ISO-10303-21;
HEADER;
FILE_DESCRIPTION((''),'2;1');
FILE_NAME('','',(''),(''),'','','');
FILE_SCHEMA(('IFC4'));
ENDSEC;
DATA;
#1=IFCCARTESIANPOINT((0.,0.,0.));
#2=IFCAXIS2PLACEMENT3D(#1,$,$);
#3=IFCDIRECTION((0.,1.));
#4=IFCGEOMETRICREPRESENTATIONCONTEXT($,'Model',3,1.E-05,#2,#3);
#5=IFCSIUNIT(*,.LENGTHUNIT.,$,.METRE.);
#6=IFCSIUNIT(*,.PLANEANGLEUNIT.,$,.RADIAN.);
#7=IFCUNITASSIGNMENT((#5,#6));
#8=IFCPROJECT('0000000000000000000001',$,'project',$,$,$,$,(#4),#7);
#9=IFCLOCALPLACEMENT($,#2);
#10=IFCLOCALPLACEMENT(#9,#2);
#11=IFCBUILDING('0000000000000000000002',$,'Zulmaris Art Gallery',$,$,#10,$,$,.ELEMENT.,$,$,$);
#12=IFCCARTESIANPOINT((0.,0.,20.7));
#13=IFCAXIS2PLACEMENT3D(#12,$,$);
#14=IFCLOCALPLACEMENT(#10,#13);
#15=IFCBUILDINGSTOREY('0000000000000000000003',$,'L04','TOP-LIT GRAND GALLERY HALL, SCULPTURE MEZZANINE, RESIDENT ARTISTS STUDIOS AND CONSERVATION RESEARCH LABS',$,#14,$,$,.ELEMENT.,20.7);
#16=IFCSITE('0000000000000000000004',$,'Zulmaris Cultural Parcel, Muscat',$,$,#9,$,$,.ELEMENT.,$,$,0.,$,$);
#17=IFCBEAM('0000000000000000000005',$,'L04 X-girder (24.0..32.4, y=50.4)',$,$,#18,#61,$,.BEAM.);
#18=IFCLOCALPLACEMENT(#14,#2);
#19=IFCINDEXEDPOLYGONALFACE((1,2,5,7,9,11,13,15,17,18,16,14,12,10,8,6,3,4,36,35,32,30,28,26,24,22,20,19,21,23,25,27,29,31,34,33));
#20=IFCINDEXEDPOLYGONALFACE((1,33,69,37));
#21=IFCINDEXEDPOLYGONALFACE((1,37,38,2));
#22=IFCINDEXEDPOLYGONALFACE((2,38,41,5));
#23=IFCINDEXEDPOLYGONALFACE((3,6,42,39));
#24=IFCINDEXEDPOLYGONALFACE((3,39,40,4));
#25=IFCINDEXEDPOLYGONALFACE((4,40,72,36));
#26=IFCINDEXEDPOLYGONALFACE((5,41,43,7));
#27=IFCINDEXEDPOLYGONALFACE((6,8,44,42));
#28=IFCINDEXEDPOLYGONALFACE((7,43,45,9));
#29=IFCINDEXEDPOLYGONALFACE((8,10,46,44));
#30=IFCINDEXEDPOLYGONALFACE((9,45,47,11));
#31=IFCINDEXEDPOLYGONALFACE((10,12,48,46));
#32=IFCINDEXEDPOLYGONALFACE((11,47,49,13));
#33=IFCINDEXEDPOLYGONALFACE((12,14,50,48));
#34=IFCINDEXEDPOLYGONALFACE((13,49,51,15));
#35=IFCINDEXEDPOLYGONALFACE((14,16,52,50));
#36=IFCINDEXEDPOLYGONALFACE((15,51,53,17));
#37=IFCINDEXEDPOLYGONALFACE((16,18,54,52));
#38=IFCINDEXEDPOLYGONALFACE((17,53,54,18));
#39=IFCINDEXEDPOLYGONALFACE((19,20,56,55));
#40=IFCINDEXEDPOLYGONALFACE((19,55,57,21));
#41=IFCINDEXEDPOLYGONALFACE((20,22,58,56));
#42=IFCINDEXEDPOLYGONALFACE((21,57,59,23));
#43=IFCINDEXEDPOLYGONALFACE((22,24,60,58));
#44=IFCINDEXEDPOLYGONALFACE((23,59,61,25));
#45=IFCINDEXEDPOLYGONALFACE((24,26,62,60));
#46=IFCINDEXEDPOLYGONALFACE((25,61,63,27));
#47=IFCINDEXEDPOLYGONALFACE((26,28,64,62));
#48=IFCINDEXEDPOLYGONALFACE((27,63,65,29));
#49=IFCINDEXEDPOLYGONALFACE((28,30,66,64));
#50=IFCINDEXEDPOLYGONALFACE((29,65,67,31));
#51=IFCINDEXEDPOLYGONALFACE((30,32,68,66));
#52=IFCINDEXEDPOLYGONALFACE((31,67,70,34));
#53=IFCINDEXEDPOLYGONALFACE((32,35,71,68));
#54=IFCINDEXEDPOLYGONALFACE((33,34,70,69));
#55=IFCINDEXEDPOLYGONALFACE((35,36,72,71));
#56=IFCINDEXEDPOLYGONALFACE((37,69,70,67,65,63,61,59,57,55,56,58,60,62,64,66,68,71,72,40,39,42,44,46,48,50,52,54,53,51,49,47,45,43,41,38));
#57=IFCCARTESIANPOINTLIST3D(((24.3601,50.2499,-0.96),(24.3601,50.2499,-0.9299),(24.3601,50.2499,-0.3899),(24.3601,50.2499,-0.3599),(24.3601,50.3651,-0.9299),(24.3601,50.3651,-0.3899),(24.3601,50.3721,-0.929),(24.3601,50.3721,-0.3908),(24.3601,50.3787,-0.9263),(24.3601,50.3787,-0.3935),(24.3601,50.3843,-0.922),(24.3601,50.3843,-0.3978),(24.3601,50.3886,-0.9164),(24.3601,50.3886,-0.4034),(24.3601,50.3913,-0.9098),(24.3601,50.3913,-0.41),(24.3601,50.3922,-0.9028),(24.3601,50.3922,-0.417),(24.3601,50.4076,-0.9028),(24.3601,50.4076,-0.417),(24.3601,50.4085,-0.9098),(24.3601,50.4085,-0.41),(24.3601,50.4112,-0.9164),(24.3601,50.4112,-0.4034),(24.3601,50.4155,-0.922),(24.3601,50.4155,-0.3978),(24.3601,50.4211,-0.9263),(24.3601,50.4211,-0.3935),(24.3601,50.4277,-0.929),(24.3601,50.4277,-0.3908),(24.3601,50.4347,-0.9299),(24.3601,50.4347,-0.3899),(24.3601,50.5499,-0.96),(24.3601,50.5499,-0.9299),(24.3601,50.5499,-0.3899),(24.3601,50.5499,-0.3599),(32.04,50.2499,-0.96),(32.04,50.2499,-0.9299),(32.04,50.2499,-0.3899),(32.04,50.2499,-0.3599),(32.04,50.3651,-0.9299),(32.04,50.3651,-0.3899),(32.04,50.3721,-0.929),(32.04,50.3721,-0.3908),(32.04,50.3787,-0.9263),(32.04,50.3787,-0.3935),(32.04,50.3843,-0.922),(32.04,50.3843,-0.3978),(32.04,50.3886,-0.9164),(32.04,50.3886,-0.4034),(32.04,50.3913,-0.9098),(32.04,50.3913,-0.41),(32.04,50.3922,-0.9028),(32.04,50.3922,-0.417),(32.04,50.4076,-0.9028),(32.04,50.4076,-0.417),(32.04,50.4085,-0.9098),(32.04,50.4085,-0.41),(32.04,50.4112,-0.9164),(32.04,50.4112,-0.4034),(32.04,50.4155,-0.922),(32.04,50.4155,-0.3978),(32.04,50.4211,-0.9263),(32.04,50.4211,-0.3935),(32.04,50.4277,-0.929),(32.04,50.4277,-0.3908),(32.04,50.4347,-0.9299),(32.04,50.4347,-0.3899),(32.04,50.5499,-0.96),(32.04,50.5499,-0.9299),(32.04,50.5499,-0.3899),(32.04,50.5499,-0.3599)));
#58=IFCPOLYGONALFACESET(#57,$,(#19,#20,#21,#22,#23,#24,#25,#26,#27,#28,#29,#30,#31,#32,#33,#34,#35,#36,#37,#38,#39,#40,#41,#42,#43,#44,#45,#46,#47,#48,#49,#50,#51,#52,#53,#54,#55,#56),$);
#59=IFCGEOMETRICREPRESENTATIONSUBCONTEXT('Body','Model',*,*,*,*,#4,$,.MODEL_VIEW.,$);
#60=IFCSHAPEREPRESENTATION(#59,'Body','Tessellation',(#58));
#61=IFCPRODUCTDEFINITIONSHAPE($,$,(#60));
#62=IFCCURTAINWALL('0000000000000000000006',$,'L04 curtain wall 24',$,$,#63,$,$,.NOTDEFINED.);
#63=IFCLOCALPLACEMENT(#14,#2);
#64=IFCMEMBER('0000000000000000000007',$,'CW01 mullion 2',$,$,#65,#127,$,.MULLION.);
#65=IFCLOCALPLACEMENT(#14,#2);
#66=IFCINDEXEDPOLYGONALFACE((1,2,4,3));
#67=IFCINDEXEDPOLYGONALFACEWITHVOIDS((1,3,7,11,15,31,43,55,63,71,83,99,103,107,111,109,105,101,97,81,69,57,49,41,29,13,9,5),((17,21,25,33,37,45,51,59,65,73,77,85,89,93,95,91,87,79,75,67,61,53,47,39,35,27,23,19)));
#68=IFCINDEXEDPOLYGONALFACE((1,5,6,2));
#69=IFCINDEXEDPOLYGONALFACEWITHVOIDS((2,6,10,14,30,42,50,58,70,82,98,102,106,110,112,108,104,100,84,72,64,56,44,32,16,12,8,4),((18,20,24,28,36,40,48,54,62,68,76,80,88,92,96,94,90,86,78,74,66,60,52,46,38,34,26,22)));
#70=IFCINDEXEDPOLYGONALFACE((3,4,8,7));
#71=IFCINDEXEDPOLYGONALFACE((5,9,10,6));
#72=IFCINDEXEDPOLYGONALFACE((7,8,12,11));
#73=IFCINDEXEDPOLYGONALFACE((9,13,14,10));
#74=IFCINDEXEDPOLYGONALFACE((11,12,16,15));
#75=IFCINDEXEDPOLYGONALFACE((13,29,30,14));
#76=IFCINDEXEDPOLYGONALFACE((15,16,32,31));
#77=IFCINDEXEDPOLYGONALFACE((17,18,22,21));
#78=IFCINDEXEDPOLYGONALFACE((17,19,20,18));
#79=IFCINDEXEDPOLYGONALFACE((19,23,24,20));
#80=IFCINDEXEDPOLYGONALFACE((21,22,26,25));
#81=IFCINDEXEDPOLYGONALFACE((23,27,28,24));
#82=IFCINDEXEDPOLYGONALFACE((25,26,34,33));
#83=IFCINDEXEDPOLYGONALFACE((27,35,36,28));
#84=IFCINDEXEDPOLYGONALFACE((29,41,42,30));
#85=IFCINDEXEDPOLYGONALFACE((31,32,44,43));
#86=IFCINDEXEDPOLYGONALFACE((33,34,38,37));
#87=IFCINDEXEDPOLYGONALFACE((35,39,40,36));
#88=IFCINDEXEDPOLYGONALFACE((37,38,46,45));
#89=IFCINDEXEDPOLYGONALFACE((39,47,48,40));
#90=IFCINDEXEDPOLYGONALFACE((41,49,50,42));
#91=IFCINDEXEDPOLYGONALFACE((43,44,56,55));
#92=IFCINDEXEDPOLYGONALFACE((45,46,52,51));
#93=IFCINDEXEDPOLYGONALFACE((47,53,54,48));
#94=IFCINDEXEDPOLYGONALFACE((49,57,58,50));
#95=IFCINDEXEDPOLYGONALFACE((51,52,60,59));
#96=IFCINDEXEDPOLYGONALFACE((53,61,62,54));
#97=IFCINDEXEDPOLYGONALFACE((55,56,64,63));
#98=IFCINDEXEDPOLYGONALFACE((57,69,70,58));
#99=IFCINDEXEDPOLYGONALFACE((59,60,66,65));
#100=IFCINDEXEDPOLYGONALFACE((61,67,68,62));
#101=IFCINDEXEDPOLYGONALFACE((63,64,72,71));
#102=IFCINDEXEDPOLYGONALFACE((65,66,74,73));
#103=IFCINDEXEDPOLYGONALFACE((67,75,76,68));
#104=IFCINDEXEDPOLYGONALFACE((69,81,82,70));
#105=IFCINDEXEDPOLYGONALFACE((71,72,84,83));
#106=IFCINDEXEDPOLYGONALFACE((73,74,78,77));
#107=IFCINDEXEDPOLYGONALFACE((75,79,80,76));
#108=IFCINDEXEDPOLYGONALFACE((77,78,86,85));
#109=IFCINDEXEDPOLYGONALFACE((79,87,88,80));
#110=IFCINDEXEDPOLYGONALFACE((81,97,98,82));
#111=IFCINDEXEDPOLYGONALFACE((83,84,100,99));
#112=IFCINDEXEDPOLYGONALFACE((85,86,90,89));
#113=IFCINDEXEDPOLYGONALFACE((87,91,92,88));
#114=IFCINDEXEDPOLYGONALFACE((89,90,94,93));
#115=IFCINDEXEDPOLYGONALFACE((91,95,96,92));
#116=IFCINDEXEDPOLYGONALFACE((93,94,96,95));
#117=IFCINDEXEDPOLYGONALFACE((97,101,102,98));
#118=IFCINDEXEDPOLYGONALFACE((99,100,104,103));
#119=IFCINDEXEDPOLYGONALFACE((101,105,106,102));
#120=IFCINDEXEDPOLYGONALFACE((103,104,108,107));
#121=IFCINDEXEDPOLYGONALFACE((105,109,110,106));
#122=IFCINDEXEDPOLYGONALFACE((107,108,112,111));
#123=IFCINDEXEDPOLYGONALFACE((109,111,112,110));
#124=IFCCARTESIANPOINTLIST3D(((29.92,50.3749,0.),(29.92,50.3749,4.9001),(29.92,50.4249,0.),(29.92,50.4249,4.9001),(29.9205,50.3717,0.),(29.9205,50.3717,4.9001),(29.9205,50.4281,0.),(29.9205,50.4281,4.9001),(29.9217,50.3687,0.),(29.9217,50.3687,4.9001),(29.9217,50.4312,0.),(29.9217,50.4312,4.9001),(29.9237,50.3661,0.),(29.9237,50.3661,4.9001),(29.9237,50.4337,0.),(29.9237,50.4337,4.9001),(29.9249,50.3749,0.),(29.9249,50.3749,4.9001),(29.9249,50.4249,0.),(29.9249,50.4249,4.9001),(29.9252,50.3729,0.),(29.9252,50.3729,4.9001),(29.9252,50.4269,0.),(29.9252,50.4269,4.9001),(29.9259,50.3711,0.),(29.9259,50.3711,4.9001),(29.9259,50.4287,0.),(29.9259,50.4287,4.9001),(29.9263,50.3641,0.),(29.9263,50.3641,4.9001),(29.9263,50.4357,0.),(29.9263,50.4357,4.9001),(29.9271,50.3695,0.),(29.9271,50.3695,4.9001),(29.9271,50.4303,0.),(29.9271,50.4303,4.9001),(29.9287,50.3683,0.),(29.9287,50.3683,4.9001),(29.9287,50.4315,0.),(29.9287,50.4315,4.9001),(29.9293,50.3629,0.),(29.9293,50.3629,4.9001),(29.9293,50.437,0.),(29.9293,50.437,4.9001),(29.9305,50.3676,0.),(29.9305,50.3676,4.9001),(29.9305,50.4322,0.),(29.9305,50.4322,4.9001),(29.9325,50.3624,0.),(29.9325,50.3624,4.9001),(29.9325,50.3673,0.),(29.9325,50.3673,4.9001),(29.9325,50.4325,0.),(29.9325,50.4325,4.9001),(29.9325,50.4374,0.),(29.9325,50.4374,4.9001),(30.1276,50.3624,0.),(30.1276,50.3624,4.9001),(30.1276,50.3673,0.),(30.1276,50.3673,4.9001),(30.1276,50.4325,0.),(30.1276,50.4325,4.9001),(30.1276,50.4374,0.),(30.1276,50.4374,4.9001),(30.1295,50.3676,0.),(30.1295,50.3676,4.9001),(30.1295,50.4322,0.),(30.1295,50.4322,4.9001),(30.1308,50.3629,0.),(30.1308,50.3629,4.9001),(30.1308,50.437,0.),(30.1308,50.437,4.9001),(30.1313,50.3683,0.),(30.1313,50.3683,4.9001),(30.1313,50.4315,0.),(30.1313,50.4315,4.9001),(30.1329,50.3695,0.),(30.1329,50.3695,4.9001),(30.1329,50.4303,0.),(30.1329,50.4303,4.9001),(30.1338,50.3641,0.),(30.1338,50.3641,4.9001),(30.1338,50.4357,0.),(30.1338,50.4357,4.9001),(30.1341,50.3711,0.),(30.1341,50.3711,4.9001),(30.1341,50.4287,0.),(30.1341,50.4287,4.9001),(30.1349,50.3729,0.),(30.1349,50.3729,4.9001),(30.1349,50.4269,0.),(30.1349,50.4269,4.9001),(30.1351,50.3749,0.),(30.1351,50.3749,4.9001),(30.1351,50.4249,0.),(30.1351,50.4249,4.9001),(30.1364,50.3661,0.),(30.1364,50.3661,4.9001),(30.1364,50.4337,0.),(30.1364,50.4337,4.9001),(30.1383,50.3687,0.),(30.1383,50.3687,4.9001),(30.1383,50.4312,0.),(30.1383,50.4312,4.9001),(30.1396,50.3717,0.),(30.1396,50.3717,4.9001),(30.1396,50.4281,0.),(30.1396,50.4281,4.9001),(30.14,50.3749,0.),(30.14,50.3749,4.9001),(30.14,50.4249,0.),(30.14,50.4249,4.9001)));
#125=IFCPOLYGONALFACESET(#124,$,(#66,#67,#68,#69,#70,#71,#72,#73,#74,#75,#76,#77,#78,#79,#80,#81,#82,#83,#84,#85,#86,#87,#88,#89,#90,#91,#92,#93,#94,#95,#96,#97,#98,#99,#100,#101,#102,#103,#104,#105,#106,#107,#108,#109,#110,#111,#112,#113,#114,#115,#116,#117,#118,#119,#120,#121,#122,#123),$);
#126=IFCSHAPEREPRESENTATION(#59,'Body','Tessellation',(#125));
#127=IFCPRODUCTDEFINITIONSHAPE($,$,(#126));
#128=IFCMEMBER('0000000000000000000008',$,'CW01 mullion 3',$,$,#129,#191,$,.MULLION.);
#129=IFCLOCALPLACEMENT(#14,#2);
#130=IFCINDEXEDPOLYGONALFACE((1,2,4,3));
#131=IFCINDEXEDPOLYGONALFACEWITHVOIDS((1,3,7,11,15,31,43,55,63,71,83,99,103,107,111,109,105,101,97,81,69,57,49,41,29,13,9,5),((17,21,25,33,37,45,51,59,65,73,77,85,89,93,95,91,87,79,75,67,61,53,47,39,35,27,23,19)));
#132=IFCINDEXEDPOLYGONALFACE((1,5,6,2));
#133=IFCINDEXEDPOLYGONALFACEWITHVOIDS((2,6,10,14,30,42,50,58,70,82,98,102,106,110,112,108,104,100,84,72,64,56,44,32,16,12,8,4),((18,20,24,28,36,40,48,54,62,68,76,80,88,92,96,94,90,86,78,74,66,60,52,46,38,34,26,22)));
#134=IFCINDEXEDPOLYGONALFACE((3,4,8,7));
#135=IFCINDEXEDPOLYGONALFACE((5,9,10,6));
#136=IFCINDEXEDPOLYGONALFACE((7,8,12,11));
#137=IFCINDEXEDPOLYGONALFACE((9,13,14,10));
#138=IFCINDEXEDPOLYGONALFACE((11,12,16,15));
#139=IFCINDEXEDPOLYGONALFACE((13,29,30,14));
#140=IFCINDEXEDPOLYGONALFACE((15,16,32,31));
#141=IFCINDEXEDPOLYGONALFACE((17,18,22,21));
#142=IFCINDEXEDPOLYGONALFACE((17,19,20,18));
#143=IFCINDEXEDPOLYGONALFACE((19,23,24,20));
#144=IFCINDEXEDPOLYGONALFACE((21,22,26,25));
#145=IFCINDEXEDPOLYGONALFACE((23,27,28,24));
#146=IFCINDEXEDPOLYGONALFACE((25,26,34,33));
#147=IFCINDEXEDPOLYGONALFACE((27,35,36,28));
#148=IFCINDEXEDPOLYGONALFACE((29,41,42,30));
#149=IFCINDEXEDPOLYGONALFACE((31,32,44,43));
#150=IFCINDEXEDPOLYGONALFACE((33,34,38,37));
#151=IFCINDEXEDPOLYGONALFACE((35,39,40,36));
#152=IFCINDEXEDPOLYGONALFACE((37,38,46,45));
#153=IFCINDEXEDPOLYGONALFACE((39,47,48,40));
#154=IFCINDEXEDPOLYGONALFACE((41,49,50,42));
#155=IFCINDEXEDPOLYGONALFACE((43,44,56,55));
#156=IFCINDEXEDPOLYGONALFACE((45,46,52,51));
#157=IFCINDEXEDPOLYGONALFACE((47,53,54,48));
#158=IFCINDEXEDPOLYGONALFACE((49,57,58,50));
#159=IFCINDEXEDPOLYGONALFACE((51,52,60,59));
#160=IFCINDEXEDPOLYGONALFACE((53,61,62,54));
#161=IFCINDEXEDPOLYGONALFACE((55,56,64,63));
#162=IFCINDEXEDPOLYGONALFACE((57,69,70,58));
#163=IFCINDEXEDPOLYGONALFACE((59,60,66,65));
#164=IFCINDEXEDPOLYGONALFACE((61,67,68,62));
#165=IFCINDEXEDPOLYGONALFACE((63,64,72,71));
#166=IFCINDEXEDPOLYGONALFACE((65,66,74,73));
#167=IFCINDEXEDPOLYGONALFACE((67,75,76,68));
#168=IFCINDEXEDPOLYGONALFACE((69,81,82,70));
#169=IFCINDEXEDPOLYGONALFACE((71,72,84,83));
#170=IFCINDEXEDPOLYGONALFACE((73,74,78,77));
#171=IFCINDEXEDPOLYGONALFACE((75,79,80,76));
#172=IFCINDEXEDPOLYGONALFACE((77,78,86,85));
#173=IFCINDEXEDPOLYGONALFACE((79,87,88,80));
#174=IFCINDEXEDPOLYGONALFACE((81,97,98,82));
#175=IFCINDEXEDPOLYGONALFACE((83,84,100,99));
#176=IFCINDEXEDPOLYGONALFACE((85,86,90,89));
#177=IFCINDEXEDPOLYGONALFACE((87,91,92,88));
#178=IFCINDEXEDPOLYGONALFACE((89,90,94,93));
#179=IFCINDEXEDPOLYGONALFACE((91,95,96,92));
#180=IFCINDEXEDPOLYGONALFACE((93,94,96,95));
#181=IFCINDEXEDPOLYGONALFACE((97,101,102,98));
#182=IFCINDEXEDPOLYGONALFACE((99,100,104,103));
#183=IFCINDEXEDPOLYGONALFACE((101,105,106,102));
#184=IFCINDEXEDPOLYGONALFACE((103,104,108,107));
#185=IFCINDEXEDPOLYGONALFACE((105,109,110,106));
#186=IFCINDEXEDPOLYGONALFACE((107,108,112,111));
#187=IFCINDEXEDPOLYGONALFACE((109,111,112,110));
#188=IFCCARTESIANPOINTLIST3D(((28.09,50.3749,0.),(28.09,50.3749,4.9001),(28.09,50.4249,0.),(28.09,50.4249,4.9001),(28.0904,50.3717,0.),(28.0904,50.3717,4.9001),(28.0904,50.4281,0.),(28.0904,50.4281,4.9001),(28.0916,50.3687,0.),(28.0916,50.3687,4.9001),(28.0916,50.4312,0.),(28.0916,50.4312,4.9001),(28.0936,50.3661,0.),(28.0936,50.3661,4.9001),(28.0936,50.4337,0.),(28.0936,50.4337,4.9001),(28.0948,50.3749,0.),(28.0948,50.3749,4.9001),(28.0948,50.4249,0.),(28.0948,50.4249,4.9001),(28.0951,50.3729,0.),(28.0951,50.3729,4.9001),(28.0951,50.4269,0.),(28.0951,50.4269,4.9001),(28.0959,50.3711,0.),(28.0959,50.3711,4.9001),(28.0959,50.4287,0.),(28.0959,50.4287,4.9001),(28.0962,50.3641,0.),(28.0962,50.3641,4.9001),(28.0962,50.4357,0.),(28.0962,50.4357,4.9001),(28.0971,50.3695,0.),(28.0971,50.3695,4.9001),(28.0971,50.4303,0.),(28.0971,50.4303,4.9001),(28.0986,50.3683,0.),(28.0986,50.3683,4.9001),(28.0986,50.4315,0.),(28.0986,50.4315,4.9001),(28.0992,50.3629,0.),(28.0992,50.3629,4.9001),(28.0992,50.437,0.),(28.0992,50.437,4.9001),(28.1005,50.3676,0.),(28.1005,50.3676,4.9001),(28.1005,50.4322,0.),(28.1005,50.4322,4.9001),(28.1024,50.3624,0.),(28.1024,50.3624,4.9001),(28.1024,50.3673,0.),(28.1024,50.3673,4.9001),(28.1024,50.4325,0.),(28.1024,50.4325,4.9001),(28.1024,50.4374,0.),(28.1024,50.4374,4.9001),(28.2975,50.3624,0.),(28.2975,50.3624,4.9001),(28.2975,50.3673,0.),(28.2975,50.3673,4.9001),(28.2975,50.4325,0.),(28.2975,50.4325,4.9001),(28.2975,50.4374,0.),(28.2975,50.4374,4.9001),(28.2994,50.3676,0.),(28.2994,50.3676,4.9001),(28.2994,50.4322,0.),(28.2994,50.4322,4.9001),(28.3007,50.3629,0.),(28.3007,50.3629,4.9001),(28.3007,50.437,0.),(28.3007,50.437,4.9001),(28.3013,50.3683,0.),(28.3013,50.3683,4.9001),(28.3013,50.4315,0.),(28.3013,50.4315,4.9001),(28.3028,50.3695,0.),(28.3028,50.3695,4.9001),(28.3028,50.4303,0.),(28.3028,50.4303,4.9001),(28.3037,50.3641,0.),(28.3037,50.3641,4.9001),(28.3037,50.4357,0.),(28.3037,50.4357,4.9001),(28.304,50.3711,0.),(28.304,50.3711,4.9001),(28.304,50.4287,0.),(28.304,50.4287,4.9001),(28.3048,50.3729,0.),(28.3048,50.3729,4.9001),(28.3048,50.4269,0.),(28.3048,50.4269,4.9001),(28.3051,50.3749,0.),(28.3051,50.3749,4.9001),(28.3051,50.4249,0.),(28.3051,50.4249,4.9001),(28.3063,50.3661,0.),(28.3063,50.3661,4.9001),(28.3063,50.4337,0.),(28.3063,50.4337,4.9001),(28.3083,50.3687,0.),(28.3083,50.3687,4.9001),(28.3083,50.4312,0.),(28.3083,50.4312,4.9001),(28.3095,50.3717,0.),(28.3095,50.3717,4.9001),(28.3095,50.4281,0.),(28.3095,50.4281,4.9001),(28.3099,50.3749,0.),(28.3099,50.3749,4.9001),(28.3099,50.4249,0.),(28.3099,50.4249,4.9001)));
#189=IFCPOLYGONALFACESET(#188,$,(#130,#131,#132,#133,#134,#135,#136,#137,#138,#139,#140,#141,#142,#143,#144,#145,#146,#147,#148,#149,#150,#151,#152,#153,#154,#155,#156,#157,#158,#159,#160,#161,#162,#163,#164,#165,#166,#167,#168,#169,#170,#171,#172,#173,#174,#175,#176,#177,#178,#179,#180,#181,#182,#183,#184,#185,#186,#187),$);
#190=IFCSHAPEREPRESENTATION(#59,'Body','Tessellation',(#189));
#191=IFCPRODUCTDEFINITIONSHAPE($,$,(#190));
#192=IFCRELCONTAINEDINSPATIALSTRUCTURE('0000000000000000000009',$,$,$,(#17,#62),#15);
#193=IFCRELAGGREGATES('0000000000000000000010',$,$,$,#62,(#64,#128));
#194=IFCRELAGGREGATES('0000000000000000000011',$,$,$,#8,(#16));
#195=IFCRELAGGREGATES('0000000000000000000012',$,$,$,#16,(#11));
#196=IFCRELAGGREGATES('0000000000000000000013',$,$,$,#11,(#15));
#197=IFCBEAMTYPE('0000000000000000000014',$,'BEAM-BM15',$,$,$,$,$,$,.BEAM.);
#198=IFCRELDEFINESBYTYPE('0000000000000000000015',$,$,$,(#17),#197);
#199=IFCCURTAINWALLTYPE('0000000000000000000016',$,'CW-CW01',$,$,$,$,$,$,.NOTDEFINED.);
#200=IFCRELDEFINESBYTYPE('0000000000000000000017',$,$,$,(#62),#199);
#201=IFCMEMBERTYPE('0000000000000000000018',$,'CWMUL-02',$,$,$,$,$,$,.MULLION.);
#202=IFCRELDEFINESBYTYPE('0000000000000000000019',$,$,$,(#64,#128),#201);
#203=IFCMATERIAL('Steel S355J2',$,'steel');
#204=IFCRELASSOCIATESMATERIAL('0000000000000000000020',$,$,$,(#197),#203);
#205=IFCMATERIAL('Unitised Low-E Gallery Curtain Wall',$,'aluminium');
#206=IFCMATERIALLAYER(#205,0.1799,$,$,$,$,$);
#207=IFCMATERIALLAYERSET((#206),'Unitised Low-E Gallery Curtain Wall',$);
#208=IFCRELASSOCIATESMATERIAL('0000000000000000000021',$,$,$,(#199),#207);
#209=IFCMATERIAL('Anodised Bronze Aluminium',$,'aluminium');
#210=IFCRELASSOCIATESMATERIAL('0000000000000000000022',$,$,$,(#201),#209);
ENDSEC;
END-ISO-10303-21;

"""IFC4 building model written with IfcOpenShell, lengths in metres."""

from ifc_helpers import new_model, si_unit, direction, frame, origin, origin_2d, place, context, subcontext, project, spatial, hollow_rectangle, i_section, extrude, material, layer, layer_set, material_profile, profile_set, type_object, element, aggregate, save


model = new_model("IFC4")

# Units and contexts
model_context = context("Model", 3, precision=1e-05, world=origin(), true_north=direction((0.0, 1.0)))
body_context = subcontext(model_context, "Body", "Model", "MODEL_VIEW")
ifc_project = project(units=[si_unit("LENGTHUNIT", "METRE"), si_unit("PLANEANGLEUNIT", "RADIAN")], contexts=[model_context])

# Site, building, storey
site_placement = place(None, origin())
site = spatial("IfcSite", under=ifc_project, at=site_placement, Name="Zulmaris Cultural Parcel, Muscat", CompositionType="ELEMENT", RefElevation=0.0)
building_placement = place(site_placement, origin())
building = spatial("IfcBuilding", under=site, at=building_placement, Name="Zulmaris Art Gallery", CompositionType="ELEMENT")
storey_placement = place(building_placement, frame((0.0, 0.0, 20.7)))
storey = spatial("IfcBuildingStorey", under=building, at=storey_placement, Name="L04", Description="TOP-LIT GRAND GALLERY HALL, SCULPTURE MEZZANINE, RESIDENT ARTISTS STUDIOS AND CONSERVATION RESEARCH LABS", CompositionType="ELEMENT", Elevation=20.7)

# Beam
ifc_material_1 = material(Name="Steel S355J2", Category="steel")
ifc_material_profile_1 = material_profile(ifc_material_1, i_section(OverallWidth=0.3, OverallDepth=0.6001, WebThickness=0.0154, FlangeThickness=0.03, FilletRadius=0.0271, at=origin_2d()), Name="HEB 600")
ifc_profile_set_1 = profile_set([ifc_material_profile_1], Name="Steel S355J2")
beam_type = type_object("IfcBeamType", Name="BEAM-BM15", PredefinedType="BEAM", material=ifc_profile_set_1)
beam_placement = place(storey_placement, frame((24.3601, 50.3999, -0.6599), z_axis=(1.0, 0.0, 0.0), x_axis=(0.0, 1.0, 0.0)))
element("IfcBeam", 1, at=beam_placement, inside=storey, type_object=beam_type, Name="L04 X-girder (24.0..32.4, y=50.4)", PredefinedType="BEAM", context=body_context, shape_type="SweptSolid", body=[
    extrude(i_section(OverallWidth=0.3, OverallDepth=0.6001, WebThickness=0.0154, FlangeThickness=0.03, FilletRadius=0.0271, at=origin_2d()), origin(), (0.0, 0.0, 1.0), 7.6799),
])

# Curtain wall, members
ifc_material_2 = material(Name="Unitised Low-E Gallery Curtain Wall", Category="aluminium")
ifc_layer_1 = layer(ifc_material_2, 0.1799)
ifc_layer_set_1 = layer_set([ifc_layer_1], Name="Unitised Low-E Gallery Curtain Wall")
curtain_wall_type = type_object("IfcCurtainWallType", Name="CW-CW01", PredefinedType="NOTDEFINED", material=ifc_layer_set_1)
curtain_wall_placement = place(storey_placement, origin())
curtain_wall = element("IfcCurtainWall", 2, at=curtain_wall_placement, inside=storey, type_object=curtain_wall_type, Name="L04 curtain wall 24", PredefinedType="NOTDEFINED")
ifc_material_3 = material(Name="Anodised Bronze Aluminium", Category="aluminium")
ifc_material_profile_2 = material_profile(ifc_material_3, hollow_rectangle(XDim=0.075, YDim=0.22, WallThickness=0.0049, InnerFilletRadius=0.0076, OuterFilletRadius=0.0125, at=origin_2d()), Name="ALU 75x220x5")
ifc_profile_set_2 = profile_set([ifc_material_profile_2], Name="Anodised Bronze Aluminium")
member_type_1 = type_object("IfcMemberType", Name="CWMUL-02", PredefinedType="MULLION", material=ifc_profile_set_2)
member_1_placement = place(storey_placement, frame((30.03, 50.3999, 0.0), z_axis=(0.0, 0.0, 1.0), x_axis=(0.0, -1.0, 0.0)))
member_1 = element("IfcMember", 3, at=member_1_placement, type_object=member_type_1, Name="CW01 mullion 2", PredefinedType="MULLION", context=body_context, shape_type="SweptSolid", body=[
    extrude(hollow_rectangle(XDim=0.075, YDim=0.22, WallThickness=0.0049, InnerFilletRadius=0.0076, OuterFilletRadius=0.0125, at=origin_2d()), origin(), (0.0, 0.0, 1.0), 4.9001),
])
member_2_placement = place(storey_placement, frame((28.2, 50.3999, 0.0), z_axis=(0.0, 0.0, 1.0), x_axis=(0.0, -1.0, 0.0)))
member_2 = element("IfcMember", 4, at=member_2_placement, type_object=member_type_1, Name="CW01 mullion 3", PredefinedType="MULLION", context=body_context, shape_type="SweptSolid", body=[
    extrude(hollow_rectangle(XDim=0.075, YDim=0.22, WallThickness=0.0049, InnerFilletRadius=0.0076, OuterFilletRadius=0.0125, at=origin_2d()), origin(), (0.0, 0.0, 1.0), 4.9001),
])

aggregate(curtain_wall, [member_1, member_2])

save(model, "model.ifc")
